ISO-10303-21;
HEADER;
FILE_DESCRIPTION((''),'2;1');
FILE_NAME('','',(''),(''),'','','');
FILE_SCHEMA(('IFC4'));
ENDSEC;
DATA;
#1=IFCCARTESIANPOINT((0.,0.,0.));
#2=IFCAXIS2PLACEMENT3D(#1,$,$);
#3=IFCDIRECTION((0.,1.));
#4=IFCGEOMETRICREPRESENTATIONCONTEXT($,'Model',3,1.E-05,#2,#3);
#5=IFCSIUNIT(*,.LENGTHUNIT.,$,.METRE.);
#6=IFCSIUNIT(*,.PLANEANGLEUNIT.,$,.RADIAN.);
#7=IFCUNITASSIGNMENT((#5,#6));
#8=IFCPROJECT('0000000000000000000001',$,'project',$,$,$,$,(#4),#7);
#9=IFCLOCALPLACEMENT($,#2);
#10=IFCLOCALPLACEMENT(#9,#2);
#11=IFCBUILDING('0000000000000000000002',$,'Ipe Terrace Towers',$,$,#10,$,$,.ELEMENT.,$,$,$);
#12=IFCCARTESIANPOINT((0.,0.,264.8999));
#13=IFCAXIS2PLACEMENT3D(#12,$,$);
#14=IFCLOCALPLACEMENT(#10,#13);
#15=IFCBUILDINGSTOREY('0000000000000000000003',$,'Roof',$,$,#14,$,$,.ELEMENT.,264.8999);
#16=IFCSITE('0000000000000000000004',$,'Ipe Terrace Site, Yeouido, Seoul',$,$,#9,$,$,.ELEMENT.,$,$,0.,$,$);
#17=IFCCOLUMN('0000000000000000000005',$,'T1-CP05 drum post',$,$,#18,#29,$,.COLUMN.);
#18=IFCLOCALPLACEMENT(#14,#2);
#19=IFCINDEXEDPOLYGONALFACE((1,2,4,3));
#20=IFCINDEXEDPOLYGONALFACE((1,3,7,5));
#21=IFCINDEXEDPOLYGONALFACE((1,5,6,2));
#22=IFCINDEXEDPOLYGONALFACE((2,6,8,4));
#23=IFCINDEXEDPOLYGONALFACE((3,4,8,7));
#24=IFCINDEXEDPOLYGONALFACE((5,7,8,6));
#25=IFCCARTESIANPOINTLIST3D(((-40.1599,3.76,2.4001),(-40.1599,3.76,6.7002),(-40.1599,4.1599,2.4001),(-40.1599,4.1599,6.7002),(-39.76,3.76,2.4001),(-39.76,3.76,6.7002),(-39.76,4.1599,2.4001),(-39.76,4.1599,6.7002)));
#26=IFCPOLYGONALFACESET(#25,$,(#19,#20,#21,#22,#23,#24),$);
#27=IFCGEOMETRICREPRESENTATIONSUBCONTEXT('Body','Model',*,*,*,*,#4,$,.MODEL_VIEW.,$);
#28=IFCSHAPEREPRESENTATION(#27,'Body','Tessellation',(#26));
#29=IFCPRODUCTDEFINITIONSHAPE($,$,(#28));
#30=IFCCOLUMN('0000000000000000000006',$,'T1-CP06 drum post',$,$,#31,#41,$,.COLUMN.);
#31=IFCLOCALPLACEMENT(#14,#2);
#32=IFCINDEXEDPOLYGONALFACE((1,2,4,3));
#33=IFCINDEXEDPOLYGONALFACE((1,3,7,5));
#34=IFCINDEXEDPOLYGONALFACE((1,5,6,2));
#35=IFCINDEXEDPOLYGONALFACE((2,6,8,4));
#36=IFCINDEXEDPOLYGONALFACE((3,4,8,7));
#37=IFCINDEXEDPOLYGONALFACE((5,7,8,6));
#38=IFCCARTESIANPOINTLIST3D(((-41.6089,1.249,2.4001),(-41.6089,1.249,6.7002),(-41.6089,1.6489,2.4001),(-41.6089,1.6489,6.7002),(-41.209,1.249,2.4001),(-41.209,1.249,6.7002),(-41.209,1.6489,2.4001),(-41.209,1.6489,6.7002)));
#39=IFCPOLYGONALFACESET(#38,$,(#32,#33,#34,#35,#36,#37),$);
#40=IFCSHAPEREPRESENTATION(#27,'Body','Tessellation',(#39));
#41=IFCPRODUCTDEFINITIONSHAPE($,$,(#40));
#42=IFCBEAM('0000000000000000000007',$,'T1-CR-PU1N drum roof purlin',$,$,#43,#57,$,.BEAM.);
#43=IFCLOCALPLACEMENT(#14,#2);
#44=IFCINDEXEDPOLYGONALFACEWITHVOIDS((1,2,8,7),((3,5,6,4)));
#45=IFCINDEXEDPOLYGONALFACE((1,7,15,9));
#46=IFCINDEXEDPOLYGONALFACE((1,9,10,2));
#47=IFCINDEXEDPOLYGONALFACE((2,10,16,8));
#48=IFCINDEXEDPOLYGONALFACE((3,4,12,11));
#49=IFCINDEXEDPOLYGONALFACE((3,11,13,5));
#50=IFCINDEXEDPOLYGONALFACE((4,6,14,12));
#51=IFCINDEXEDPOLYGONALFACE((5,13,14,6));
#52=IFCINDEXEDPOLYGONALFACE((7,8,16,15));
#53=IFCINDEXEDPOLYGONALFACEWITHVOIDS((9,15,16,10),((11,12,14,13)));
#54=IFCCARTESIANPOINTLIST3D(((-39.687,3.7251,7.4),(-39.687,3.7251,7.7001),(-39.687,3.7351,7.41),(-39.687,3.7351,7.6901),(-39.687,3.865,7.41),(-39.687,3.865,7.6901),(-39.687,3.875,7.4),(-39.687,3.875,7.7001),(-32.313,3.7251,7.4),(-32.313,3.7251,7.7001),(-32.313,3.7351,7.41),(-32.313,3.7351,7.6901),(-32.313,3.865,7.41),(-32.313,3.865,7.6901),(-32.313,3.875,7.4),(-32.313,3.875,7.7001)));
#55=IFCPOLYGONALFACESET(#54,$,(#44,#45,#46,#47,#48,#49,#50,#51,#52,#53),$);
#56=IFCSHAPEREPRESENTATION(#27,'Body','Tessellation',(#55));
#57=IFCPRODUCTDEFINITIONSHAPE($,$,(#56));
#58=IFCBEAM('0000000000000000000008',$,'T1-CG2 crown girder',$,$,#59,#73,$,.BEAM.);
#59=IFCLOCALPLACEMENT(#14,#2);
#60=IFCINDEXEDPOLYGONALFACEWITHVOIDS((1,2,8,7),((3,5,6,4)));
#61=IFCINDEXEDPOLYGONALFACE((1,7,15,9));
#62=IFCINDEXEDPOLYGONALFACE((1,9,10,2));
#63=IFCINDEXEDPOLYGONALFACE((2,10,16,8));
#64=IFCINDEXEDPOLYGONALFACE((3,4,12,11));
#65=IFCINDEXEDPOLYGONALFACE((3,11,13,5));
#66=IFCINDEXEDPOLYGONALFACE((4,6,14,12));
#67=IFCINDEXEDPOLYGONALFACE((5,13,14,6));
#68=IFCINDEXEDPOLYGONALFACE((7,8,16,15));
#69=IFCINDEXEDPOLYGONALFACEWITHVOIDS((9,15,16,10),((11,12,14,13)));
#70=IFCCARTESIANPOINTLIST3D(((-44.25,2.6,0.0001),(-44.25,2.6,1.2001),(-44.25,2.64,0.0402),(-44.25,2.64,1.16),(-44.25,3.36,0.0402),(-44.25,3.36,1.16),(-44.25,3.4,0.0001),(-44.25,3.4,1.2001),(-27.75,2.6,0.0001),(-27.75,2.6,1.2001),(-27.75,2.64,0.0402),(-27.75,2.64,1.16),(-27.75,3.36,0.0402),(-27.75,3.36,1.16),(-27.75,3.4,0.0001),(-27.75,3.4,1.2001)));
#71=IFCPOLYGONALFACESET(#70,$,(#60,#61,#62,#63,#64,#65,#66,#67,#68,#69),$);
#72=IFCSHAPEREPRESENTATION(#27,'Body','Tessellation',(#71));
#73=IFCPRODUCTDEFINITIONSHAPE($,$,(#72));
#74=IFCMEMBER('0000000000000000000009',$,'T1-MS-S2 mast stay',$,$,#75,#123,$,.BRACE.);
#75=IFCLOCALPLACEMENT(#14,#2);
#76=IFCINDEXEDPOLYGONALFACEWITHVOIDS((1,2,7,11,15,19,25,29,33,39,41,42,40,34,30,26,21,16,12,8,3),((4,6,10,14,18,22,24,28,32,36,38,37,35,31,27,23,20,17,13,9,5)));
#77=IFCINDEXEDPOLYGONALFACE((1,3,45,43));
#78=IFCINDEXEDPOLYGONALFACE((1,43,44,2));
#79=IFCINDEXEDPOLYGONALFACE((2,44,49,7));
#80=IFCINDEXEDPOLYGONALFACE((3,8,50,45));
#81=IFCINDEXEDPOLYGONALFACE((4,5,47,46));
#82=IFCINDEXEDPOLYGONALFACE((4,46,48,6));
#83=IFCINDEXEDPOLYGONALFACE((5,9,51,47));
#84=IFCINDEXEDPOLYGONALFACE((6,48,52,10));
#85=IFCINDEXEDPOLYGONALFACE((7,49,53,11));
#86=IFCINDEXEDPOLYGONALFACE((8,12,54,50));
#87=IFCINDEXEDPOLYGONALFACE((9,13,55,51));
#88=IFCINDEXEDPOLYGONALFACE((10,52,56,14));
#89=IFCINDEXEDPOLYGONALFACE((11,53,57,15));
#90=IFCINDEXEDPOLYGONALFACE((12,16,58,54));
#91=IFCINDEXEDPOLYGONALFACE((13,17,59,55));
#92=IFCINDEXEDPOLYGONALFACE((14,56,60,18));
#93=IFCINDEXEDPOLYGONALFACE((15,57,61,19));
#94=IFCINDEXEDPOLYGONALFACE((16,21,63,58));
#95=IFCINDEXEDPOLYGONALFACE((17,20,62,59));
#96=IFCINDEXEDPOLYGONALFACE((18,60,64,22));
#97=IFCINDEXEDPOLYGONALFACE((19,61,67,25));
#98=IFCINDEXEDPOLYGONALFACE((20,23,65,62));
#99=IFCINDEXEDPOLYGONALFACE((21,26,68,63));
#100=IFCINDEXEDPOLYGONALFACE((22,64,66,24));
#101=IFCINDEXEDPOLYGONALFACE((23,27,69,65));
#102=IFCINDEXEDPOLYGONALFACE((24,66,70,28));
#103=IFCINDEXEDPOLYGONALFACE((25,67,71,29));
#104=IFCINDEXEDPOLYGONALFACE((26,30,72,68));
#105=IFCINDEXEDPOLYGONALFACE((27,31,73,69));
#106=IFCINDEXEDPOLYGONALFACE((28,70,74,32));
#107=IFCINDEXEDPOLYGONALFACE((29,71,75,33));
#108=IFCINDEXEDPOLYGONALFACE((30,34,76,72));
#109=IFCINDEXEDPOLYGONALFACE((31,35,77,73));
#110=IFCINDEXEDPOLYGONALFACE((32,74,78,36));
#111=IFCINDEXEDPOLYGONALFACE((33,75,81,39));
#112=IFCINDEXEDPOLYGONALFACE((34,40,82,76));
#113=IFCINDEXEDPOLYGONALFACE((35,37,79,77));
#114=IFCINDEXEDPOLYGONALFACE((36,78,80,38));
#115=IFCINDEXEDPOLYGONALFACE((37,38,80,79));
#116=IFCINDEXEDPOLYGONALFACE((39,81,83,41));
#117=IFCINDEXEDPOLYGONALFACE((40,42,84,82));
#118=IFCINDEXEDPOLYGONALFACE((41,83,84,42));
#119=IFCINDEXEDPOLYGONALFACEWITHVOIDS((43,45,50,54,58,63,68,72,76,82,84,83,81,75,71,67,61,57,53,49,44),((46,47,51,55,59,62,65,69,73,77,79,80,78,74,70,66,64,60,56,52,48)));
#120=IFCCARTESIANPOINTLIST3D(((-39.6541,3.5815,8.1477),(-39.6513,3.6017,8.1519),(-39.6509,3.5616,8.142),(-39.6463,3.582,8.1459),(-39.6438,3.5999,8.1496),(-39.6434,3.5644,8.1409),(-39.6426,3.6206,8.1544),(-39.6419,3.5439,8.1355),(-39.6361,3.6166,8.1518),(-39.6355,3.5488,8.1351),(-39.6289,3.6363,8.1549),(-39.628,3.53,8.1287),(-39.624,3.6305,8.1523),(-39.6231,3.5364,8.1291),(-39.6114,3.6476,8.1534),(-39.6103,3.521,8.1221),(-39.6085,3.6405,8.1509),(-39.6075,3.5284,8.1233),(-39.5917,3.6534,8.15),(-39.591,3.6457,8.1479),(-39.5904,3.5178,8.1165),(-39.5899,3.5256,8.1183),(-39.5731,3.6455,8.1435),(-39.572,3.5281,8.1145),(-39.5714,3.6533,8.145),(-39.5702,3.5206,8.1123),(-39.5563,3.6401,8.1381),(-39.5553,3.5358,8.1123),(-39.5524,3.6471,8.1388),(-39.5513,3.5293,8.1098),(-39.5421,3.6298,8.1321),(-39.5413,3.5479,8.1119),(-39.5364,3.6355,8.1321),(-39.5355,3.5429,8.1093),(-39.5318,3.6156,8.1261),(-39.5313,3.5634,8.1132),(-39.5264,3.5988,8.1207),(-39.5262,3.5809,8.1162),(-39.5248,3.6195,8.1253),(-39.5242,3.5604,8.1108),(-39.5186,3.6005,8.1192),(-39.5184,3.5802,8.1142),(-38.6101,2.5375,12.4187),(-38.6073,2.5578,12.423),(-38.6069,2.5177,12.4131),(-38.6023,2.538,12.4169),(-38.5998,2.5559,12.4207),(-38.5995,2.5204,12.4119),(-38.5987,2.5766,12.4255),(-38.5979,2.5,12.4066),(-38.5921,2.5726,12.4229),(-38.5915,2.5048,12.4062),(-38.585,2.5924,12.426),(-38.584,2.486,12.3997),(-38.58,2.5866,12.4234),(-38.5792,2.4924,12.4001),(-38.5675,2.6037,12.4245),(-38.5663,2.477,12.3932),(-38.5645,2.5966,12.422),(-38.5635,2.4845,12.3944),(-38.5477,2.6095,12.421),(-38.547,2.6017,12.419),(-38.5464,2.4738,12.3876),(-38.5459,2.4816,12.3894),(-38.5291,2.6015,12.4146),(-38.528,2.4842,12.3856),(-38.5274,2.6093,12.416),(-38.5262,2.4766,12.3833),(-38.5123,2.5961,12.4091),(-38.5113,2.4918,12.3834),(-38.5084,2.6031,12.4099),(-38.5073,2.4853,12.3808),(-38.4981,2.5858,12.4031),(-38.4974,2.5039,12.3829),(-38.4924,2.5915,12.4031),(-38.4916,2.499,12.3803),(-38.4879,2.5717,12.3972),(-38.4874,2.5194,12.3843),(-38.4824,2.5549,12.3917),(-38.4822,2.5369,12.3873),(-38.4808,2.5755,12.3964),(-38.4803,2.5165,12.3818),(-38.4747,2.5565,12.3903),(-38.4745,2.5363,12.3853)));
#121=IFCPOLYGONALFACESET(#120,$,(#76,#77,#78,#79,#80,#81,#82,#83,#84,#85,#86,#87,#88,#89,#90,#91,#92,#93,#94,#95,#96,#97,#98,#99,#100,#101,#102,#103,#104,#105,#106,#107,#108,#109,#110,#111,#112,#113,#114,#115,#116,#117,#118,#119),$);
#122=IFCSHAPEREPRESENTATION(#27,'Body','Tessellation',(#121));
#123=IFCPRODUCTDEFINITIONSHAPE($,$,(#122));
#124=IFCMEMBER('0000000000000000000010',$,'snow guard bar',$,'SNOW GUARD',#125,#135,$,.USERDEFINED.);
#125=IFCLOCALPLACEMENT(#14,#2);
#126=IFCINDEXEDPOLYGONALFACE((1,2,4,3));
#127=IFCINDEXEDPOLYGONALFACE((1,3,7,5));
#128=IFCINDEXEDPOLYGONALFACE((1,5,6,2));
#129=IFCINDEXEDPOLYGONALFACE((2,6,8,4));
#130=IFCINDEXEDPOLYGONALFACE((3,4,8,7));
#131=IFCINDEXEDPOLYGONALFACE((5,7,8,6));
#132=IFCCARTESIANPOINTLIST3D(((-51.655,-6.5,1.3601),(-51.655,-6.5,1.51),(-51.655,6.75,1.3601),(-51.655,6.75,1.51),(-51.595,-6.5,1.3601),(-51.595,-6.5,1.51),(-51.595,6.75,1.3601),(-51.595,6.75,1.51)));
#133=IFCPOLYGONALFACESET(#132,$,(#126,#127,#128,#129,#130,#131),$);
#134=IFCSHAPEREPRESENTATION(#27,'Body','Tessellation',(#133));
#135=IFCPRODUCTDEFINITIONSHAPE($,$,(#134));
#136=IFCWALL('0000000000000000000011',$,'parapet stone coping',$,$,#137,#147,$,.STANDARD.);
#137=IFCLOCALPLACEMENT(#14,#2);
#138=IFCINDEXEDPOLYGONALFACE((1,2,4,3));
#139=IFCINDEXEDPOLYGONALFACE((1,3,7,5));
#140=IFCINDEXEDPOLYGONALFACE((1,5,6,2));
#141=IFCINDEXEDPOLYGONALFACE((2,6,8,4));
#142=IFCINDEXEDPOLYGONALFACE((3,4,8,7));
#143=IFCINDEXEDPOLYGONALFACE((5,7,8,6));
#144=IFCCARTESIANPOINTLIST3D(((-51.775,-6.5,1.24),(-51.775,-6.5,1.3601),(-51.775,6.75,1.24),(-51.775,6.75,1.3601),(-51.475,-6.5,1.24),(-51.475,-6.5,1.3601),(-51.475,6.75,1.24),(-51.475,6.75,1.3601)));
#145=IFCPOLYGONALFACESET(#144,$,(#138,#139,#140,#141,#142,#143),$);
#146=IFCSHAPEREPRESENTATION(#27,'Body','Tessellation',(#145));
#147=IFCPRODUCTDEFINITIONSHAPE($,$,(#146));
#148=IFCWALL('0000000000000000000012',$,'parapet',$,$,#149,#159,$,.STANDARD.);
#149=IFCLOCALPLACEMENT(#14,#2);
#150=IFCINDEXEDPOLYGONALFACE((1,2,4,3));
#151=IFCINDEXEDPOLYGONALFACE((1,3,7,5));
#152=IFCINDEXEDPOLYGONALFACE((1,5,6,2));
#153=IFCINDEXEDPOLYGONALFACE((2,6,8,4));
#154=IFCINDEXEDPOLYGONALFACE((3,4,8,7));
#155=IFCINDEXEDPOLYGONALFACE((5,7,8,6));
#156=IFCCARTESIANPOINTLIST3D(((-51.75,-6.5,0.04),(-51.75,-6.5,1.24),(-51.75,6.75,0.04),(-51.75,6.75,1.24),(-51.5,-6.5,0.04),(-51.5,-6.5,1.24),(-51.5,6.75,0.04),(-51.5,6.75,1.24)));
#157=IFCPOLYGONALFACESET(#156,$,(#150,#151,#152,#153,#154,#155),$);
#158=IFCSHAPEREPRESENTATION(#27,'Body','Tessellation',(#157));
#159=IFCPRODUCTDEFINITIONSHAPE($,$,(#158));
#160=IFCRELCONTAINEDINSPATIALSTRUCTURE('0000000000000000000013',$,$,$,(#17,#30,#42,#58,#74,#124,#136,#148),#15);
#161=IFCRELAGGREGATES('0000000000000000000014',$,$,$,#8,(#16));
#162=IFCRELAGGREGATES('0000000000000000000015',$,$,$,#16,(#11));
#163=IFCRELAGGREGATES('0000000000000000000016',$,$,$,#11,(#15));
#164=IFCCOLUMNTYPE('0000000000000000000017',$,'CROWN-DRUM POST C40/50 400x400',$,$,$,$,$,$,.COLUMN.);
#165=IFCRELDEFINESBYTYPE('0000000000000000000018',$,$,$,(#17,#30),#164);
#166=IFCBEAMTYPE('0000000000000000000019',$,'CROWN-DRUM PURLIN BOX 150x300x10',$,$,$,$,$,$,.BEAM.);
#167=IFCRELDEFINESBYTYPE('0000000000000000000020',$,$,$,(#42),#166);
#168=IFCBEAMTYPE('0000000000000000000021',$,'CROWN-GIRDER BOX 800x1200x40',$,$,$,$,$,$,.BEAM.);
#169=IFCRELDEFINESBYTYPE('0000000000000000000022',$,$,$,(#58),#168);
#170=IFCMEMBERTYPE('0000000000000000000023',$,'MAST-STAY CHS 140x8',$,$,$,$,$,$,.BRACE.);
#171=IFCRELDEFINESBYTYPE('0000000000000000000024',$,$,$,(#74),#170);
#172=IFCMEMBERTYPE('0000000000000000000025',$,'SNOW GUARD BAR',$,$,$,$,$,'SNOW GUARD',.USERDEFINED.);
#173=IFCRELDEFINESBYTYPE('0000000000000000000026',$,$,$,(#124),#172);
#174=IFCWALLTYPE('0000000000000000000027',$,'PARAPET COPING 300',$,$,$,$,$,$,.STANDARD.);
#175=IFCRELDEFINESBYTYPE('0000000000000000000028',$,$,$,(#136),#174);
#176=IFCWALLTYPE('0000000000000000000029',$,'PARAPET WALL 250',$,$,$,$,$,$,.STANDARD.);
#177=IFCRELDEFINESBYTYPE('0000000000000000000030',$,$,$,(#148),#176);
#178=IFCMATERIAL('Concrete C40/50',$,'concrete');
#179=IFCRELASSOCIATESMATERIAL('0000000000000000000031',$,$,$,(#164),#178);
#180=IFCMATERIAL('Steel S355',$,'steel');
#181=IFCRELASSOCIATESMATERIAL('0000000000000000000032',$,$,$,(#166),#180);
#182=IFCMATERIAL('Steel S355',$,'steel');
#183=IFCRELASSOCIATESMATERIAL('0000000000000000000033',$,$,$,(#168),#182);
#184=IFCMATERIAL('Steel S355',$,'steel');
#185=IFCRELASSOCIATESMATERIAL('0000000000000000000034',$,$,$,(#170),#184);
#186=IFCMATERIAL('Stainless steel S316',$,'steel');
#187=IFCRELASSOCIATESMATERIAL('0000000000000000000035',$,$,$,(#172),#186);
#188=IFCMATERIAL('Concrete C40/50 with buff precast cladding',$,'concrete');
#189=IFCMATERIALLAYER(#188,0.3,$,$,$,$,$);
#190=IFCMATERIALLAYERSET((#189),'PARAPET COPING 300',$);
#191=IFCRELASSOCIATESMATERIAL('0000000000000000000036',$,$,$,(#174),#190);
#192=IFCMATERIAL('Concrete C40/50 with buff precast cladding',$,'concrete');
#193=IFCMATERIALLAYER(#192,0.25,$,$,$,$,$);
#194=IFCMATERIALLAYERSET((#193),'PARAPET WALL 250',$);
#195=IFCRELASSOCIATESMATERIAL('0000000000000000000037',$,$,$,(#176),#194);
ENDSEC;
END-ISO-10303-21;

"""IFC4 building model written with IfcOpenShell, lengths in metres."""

from ifc_helpers import new_model, si_unit, direction, frame, frame_2d, origin, origin_2d, place, context, subcontext, project, spatial, rectangle, hollow_rectangle, hollow_circle, extrude, material, layer, layer_set, material_profile, profile_set, type_object, element, save


model = new_model("IFC4")

# Units and contexts
model_context = context("Model", 3, precision=1e-05, world=origin(), true_north=direction((0.0, 1.0)))
body_context = subcontext(model_context, "Body", "Model", "MODEL_VIEW")
ifc_project = project(units=[si_unit("LENGTHUNIT", "METRE"), si_unit("PLANEANGLEUNIT", "RADIAN")], contexts=[model_context])

# Site, building, storey
site_placement = place(None, origin())
site = spatial("IfcSite", under=ifc_project, at=site_placement, Name="Ipe Terrace Site, Yeouido, Seoul", CompositionType="ELEMENT", RefElevation=0.0)
building_placement = place(site_placement, origin())
building = spatial("IfcBuilding", under=site, at=building_placement, Name="Ipe Terrace Towers", CompositionType="ELEMENT")
storey_placement = place(building_placement, frame((0.0, 0.0, 264.8999)))
storey = spatial("IfcBuildingStorey", under=building, at=storey_placement, Name="Roof", CompositionType="ELEMENT", Elevation=264.8999)

# Columns
ifc_material_1 = material(Name="Concrete C40/50", Category="concrete")
ifc_material_profile_1 = material_profile(ifc_material_1, rectangle(XDim=0.3999, YDim=0.3999, at=origin_2d()), Name="CROWN-DRUM POST C40/50 400x400")
ifc_profile_set_1 = profile_set([ifc_material_profile_1], Name="Concrete C40/50")
column_type = type_object("IfcColumnType", Name="CROWN-DRUM POST C40/50 400x400", PredefinedType="COLUMN", material=ifc_profile_set_1)
for number, where, z_axis, x_axis, name in (
    (1, (-39.96, 3.96, 2.4001), (0.0, 0.0, 1.0), (1.0, 0.0, 0.0), "T1-CP05 drum post"),
    (2, (-41.4089, 1.449, 2.4001), (0.0, 0.0, 1.0), (1.0, 0.0, 0.0), "T1-CP06 drum post"),
):
    element("IfcColumn", number, at=place(storey_placement, frame(where, z_axis=z_axis, x_axis=x_axis)), inside=storey, type_object=column_type, Name=name, PredefinedType="COLUMN", context=body_context, shape_type="SweptSolid", body=[
        extrude(rectangle(XDim=0.3999, YDim=0.3999, at=origin_2d()), origin(), (0.0, 0.0, 1.0), 4.3),
    ])

# Beams
ifc_material_2 = material(Name="Steel S355", Category="steel")
ifc_material_profile_2 = material_profile(ifc_material_2, hollow_rectangle(XDim=0.1499, YDim=0.3, WallThickness=0.01, at=origin_2d()), Name="CROWN-DRUM PURLIN BOX 150x300x10")
ifc_profile_set_2 = profile_set([ifc_material_profile_2], Name="Steel S355")
beam_type_1 = type_object("IfcBeamType", Name="CROWN-DRUM PURLIN BOX 150x300x10", PredefinedType="BEAM", material=ifc_profile_set_2)
beam_1_placement = place(storey_placement, frame((-39.687, 3.8, 7.55), z_axis=(1.0, 0.0, 0.0), x_axis=(0.0, 1.0, 0.0)))
element("IfcBeam", 3, at=beam_1_placement, inside=storey, type_object=beam_type_1, Name="T1-CR-PU1N drum roof purlin", PredefinedType="BEAM", context=body_context, shape_type="SweptSolid", body=[
    extrude(hollow_rectangle(XDim=0.1499, YDim=0.3, WallThickness=0.01, at=origin_2d()), origin(), (0.0, 0.0, 1.0), 7.374),
])
ifc_material_3 = material(Name="Steel S355", Category="steel")
ifc_material_profile_3 = material_profile(ifc_material_3, hollow_rectangle(XDim=0.8, YDim=1.2, WallThickness=0.04, at=origin_2d()), Name="CROWN-GIRDER BOX 800x1200x40")
ifc_profile_set_3 = profile_set([ifc_material_profile_3], Name="Steel S355")
beam_type_2 = type_object("IfcBeamType", Name="CROWN-GIRDER BOX 800x1200x40", PredefinedType="BEAM", material=ifc_profile_set_3)
beam_2_placement = place(storey_placement, frame((-44.25, 3.0, 0.6001), z_axis=(1.0, 0.0, 0.0), x_axis=(0.0, 1.0, 0.0)))
element("IfcBeam", 4, at=beam_2_placement, inside=storey, type_object=beam_type_2, Name="T1-CG2 crown girder", PredefinedType="BEAM", context=body_context, shape_type="SweptSolid", body=[
    extrude(hollow_rectangle(XDim=0.8, YDim=1.2, WallThickness=0.04, at=origin_2d()), origin(), (0.0, 0.0, 1.0), 16.5),
])

# Members
ifc_material_4 = material(Name="Steel S355", Category="steel")
ifc_material_profile_4 = material_profile(ifc_material_4, hollow_circle(Radius=0.0701, WallThickness=0.0081, at=origin_2d()), Name="MAST-STAY CHS 140x8")
ifc_profile_set_4 = profile_set([ifc_material_profile_4], Name="Steel S355")
member_type_1 = type_object("IfcMemberType", Name="MAST-STAY CHS 140x8", PredefinedType="BRACE", material=ifc_profile_set_4)
member_1_placement = place(storey_placement, frame((-39.5859, 3.5859, 8.1321), z_axis=(0.231014, -0.231014, 0.945127), x_axis=(0.707107, 0.707107, 0.0)))
element("IfcMember", 5, at=member_1_placement, inside=storey, type_object=member_type_1, Name="T1-MS-S2 mast stay", PredefinedType="BRACE", context=body_context, shape_type="SweptSolid", body=[
    extrude(hollow_circle(Radius=0.0701, WallThickness=0.0081, at=origin_2d()), origin(), (0.0, 0.0, 1.0), 4.519),
])
ifc_material_5 = material(Name="Stainless steel S316", Category="steel")
ifc_material_profile_5 = material_profile(ifc_material_5, rectangle(XDim=0.0601, YDim=0.1499, at=origin_2d()), Name="SNOW GUARD BAR")
ifc_profile_set_5 = profile_set([ifc_material_profile_5], Name="Stainless steel S316")
member_type_2 = type_object("IfcMemberType", Name="SNOW GUARD BAR", ElementType="SNOW GUARD", PredefinedType="USERDEFINED", material=ifc_profile_set_5)
member_2_placement = place(storey_placement, frame((-51.625, 6.75, 1.4351), z_axis=(0.0, -1.0, 0.0), x_axis=(1.0, 0.0, 0.0)))
element("IfcMember", 6, at=member_2_placement, inside=storey, type_object=member_type_2, Name="snow guard bar", ObjectType="SNOW GUARD", PredefinedType="USERDEFINED", context=body_context, shape_type="SweptSolid", body=[
    extrude(rectangle(XDim=0.0601, YDim=0.1499, at=origin_2d()), origin(), (0.0, 0.0, 1.0), 13.25),
])

# Walls
ifc_material_6 = material(Name="Concrete C40/50 with buff precast cladding", Category="concrete")
ifc_layer_1 = layer(ifc_material_6, 0.3)
ifc_layer_set_1 = layer_set([ifc_layer_1], Name="PARAPET COPING 300")
wall_type_1 = type_object("IfcWallType", Name="PARAPET COPING 300", PredefinedType="STANDARD", material=ifc_layer_set_1)
wall_1_placement = place(storey_placement, frame((-51.625, 6.75, 1.24), z_axis=(0.0, 0.0, 1.0), x_axis=(0.0, -1.0, 0.0)))
element("IfcWall", 7, at=wall_1_placement, inside=storey, type_object=wall_type_1, Name="parapet stone coping", PredefinedType="STANDARD", context=body_context, shape_type="SweptSolid", body=[
    extrude(rectangle(XDim=13.25, YDim=0.3, at=frame_2d((6.625, 0.0))), origin(), (0.0, 0.0, 1.0), 0.1201),
])
ifc_material_7 = material(Name="Concrete C40/50 with buff precast cladding", Category="concrete")
ifc_layer_2 = layer(ifc_material_7, 0.25)
ifc_layer_set_2 = layer_set([ifc_layer_2], Name="PARAPET WALL 250")
wall_type_2 = type_object("IfcWallType", Name="PARAPET WALL 250", PredefinedType="STANDARD", material=ifc_layer_set_2)
wall_2_placement = place(storey_placement, frame((-51.625, 6.75, 0.04), z_axis=(0.0, 0.0, 1.0), x_axis=(0.0, -1.0, 0.0)))
element("IfcWall", 8, at=wall_2_placement, inside=storey, type_object=wall_type_2, Name="parapet", PredefinedType="STANDARD", context=body_context, shape_type="SweptSolid", body=[
    extrude(rectangle(XDim=13.25, YDim=0.25, at=frame_2d((6.625, 0.0))), origin(), (0.0, 0.0, 1.0), 1.2),
])

save(model, "model.ifc")
